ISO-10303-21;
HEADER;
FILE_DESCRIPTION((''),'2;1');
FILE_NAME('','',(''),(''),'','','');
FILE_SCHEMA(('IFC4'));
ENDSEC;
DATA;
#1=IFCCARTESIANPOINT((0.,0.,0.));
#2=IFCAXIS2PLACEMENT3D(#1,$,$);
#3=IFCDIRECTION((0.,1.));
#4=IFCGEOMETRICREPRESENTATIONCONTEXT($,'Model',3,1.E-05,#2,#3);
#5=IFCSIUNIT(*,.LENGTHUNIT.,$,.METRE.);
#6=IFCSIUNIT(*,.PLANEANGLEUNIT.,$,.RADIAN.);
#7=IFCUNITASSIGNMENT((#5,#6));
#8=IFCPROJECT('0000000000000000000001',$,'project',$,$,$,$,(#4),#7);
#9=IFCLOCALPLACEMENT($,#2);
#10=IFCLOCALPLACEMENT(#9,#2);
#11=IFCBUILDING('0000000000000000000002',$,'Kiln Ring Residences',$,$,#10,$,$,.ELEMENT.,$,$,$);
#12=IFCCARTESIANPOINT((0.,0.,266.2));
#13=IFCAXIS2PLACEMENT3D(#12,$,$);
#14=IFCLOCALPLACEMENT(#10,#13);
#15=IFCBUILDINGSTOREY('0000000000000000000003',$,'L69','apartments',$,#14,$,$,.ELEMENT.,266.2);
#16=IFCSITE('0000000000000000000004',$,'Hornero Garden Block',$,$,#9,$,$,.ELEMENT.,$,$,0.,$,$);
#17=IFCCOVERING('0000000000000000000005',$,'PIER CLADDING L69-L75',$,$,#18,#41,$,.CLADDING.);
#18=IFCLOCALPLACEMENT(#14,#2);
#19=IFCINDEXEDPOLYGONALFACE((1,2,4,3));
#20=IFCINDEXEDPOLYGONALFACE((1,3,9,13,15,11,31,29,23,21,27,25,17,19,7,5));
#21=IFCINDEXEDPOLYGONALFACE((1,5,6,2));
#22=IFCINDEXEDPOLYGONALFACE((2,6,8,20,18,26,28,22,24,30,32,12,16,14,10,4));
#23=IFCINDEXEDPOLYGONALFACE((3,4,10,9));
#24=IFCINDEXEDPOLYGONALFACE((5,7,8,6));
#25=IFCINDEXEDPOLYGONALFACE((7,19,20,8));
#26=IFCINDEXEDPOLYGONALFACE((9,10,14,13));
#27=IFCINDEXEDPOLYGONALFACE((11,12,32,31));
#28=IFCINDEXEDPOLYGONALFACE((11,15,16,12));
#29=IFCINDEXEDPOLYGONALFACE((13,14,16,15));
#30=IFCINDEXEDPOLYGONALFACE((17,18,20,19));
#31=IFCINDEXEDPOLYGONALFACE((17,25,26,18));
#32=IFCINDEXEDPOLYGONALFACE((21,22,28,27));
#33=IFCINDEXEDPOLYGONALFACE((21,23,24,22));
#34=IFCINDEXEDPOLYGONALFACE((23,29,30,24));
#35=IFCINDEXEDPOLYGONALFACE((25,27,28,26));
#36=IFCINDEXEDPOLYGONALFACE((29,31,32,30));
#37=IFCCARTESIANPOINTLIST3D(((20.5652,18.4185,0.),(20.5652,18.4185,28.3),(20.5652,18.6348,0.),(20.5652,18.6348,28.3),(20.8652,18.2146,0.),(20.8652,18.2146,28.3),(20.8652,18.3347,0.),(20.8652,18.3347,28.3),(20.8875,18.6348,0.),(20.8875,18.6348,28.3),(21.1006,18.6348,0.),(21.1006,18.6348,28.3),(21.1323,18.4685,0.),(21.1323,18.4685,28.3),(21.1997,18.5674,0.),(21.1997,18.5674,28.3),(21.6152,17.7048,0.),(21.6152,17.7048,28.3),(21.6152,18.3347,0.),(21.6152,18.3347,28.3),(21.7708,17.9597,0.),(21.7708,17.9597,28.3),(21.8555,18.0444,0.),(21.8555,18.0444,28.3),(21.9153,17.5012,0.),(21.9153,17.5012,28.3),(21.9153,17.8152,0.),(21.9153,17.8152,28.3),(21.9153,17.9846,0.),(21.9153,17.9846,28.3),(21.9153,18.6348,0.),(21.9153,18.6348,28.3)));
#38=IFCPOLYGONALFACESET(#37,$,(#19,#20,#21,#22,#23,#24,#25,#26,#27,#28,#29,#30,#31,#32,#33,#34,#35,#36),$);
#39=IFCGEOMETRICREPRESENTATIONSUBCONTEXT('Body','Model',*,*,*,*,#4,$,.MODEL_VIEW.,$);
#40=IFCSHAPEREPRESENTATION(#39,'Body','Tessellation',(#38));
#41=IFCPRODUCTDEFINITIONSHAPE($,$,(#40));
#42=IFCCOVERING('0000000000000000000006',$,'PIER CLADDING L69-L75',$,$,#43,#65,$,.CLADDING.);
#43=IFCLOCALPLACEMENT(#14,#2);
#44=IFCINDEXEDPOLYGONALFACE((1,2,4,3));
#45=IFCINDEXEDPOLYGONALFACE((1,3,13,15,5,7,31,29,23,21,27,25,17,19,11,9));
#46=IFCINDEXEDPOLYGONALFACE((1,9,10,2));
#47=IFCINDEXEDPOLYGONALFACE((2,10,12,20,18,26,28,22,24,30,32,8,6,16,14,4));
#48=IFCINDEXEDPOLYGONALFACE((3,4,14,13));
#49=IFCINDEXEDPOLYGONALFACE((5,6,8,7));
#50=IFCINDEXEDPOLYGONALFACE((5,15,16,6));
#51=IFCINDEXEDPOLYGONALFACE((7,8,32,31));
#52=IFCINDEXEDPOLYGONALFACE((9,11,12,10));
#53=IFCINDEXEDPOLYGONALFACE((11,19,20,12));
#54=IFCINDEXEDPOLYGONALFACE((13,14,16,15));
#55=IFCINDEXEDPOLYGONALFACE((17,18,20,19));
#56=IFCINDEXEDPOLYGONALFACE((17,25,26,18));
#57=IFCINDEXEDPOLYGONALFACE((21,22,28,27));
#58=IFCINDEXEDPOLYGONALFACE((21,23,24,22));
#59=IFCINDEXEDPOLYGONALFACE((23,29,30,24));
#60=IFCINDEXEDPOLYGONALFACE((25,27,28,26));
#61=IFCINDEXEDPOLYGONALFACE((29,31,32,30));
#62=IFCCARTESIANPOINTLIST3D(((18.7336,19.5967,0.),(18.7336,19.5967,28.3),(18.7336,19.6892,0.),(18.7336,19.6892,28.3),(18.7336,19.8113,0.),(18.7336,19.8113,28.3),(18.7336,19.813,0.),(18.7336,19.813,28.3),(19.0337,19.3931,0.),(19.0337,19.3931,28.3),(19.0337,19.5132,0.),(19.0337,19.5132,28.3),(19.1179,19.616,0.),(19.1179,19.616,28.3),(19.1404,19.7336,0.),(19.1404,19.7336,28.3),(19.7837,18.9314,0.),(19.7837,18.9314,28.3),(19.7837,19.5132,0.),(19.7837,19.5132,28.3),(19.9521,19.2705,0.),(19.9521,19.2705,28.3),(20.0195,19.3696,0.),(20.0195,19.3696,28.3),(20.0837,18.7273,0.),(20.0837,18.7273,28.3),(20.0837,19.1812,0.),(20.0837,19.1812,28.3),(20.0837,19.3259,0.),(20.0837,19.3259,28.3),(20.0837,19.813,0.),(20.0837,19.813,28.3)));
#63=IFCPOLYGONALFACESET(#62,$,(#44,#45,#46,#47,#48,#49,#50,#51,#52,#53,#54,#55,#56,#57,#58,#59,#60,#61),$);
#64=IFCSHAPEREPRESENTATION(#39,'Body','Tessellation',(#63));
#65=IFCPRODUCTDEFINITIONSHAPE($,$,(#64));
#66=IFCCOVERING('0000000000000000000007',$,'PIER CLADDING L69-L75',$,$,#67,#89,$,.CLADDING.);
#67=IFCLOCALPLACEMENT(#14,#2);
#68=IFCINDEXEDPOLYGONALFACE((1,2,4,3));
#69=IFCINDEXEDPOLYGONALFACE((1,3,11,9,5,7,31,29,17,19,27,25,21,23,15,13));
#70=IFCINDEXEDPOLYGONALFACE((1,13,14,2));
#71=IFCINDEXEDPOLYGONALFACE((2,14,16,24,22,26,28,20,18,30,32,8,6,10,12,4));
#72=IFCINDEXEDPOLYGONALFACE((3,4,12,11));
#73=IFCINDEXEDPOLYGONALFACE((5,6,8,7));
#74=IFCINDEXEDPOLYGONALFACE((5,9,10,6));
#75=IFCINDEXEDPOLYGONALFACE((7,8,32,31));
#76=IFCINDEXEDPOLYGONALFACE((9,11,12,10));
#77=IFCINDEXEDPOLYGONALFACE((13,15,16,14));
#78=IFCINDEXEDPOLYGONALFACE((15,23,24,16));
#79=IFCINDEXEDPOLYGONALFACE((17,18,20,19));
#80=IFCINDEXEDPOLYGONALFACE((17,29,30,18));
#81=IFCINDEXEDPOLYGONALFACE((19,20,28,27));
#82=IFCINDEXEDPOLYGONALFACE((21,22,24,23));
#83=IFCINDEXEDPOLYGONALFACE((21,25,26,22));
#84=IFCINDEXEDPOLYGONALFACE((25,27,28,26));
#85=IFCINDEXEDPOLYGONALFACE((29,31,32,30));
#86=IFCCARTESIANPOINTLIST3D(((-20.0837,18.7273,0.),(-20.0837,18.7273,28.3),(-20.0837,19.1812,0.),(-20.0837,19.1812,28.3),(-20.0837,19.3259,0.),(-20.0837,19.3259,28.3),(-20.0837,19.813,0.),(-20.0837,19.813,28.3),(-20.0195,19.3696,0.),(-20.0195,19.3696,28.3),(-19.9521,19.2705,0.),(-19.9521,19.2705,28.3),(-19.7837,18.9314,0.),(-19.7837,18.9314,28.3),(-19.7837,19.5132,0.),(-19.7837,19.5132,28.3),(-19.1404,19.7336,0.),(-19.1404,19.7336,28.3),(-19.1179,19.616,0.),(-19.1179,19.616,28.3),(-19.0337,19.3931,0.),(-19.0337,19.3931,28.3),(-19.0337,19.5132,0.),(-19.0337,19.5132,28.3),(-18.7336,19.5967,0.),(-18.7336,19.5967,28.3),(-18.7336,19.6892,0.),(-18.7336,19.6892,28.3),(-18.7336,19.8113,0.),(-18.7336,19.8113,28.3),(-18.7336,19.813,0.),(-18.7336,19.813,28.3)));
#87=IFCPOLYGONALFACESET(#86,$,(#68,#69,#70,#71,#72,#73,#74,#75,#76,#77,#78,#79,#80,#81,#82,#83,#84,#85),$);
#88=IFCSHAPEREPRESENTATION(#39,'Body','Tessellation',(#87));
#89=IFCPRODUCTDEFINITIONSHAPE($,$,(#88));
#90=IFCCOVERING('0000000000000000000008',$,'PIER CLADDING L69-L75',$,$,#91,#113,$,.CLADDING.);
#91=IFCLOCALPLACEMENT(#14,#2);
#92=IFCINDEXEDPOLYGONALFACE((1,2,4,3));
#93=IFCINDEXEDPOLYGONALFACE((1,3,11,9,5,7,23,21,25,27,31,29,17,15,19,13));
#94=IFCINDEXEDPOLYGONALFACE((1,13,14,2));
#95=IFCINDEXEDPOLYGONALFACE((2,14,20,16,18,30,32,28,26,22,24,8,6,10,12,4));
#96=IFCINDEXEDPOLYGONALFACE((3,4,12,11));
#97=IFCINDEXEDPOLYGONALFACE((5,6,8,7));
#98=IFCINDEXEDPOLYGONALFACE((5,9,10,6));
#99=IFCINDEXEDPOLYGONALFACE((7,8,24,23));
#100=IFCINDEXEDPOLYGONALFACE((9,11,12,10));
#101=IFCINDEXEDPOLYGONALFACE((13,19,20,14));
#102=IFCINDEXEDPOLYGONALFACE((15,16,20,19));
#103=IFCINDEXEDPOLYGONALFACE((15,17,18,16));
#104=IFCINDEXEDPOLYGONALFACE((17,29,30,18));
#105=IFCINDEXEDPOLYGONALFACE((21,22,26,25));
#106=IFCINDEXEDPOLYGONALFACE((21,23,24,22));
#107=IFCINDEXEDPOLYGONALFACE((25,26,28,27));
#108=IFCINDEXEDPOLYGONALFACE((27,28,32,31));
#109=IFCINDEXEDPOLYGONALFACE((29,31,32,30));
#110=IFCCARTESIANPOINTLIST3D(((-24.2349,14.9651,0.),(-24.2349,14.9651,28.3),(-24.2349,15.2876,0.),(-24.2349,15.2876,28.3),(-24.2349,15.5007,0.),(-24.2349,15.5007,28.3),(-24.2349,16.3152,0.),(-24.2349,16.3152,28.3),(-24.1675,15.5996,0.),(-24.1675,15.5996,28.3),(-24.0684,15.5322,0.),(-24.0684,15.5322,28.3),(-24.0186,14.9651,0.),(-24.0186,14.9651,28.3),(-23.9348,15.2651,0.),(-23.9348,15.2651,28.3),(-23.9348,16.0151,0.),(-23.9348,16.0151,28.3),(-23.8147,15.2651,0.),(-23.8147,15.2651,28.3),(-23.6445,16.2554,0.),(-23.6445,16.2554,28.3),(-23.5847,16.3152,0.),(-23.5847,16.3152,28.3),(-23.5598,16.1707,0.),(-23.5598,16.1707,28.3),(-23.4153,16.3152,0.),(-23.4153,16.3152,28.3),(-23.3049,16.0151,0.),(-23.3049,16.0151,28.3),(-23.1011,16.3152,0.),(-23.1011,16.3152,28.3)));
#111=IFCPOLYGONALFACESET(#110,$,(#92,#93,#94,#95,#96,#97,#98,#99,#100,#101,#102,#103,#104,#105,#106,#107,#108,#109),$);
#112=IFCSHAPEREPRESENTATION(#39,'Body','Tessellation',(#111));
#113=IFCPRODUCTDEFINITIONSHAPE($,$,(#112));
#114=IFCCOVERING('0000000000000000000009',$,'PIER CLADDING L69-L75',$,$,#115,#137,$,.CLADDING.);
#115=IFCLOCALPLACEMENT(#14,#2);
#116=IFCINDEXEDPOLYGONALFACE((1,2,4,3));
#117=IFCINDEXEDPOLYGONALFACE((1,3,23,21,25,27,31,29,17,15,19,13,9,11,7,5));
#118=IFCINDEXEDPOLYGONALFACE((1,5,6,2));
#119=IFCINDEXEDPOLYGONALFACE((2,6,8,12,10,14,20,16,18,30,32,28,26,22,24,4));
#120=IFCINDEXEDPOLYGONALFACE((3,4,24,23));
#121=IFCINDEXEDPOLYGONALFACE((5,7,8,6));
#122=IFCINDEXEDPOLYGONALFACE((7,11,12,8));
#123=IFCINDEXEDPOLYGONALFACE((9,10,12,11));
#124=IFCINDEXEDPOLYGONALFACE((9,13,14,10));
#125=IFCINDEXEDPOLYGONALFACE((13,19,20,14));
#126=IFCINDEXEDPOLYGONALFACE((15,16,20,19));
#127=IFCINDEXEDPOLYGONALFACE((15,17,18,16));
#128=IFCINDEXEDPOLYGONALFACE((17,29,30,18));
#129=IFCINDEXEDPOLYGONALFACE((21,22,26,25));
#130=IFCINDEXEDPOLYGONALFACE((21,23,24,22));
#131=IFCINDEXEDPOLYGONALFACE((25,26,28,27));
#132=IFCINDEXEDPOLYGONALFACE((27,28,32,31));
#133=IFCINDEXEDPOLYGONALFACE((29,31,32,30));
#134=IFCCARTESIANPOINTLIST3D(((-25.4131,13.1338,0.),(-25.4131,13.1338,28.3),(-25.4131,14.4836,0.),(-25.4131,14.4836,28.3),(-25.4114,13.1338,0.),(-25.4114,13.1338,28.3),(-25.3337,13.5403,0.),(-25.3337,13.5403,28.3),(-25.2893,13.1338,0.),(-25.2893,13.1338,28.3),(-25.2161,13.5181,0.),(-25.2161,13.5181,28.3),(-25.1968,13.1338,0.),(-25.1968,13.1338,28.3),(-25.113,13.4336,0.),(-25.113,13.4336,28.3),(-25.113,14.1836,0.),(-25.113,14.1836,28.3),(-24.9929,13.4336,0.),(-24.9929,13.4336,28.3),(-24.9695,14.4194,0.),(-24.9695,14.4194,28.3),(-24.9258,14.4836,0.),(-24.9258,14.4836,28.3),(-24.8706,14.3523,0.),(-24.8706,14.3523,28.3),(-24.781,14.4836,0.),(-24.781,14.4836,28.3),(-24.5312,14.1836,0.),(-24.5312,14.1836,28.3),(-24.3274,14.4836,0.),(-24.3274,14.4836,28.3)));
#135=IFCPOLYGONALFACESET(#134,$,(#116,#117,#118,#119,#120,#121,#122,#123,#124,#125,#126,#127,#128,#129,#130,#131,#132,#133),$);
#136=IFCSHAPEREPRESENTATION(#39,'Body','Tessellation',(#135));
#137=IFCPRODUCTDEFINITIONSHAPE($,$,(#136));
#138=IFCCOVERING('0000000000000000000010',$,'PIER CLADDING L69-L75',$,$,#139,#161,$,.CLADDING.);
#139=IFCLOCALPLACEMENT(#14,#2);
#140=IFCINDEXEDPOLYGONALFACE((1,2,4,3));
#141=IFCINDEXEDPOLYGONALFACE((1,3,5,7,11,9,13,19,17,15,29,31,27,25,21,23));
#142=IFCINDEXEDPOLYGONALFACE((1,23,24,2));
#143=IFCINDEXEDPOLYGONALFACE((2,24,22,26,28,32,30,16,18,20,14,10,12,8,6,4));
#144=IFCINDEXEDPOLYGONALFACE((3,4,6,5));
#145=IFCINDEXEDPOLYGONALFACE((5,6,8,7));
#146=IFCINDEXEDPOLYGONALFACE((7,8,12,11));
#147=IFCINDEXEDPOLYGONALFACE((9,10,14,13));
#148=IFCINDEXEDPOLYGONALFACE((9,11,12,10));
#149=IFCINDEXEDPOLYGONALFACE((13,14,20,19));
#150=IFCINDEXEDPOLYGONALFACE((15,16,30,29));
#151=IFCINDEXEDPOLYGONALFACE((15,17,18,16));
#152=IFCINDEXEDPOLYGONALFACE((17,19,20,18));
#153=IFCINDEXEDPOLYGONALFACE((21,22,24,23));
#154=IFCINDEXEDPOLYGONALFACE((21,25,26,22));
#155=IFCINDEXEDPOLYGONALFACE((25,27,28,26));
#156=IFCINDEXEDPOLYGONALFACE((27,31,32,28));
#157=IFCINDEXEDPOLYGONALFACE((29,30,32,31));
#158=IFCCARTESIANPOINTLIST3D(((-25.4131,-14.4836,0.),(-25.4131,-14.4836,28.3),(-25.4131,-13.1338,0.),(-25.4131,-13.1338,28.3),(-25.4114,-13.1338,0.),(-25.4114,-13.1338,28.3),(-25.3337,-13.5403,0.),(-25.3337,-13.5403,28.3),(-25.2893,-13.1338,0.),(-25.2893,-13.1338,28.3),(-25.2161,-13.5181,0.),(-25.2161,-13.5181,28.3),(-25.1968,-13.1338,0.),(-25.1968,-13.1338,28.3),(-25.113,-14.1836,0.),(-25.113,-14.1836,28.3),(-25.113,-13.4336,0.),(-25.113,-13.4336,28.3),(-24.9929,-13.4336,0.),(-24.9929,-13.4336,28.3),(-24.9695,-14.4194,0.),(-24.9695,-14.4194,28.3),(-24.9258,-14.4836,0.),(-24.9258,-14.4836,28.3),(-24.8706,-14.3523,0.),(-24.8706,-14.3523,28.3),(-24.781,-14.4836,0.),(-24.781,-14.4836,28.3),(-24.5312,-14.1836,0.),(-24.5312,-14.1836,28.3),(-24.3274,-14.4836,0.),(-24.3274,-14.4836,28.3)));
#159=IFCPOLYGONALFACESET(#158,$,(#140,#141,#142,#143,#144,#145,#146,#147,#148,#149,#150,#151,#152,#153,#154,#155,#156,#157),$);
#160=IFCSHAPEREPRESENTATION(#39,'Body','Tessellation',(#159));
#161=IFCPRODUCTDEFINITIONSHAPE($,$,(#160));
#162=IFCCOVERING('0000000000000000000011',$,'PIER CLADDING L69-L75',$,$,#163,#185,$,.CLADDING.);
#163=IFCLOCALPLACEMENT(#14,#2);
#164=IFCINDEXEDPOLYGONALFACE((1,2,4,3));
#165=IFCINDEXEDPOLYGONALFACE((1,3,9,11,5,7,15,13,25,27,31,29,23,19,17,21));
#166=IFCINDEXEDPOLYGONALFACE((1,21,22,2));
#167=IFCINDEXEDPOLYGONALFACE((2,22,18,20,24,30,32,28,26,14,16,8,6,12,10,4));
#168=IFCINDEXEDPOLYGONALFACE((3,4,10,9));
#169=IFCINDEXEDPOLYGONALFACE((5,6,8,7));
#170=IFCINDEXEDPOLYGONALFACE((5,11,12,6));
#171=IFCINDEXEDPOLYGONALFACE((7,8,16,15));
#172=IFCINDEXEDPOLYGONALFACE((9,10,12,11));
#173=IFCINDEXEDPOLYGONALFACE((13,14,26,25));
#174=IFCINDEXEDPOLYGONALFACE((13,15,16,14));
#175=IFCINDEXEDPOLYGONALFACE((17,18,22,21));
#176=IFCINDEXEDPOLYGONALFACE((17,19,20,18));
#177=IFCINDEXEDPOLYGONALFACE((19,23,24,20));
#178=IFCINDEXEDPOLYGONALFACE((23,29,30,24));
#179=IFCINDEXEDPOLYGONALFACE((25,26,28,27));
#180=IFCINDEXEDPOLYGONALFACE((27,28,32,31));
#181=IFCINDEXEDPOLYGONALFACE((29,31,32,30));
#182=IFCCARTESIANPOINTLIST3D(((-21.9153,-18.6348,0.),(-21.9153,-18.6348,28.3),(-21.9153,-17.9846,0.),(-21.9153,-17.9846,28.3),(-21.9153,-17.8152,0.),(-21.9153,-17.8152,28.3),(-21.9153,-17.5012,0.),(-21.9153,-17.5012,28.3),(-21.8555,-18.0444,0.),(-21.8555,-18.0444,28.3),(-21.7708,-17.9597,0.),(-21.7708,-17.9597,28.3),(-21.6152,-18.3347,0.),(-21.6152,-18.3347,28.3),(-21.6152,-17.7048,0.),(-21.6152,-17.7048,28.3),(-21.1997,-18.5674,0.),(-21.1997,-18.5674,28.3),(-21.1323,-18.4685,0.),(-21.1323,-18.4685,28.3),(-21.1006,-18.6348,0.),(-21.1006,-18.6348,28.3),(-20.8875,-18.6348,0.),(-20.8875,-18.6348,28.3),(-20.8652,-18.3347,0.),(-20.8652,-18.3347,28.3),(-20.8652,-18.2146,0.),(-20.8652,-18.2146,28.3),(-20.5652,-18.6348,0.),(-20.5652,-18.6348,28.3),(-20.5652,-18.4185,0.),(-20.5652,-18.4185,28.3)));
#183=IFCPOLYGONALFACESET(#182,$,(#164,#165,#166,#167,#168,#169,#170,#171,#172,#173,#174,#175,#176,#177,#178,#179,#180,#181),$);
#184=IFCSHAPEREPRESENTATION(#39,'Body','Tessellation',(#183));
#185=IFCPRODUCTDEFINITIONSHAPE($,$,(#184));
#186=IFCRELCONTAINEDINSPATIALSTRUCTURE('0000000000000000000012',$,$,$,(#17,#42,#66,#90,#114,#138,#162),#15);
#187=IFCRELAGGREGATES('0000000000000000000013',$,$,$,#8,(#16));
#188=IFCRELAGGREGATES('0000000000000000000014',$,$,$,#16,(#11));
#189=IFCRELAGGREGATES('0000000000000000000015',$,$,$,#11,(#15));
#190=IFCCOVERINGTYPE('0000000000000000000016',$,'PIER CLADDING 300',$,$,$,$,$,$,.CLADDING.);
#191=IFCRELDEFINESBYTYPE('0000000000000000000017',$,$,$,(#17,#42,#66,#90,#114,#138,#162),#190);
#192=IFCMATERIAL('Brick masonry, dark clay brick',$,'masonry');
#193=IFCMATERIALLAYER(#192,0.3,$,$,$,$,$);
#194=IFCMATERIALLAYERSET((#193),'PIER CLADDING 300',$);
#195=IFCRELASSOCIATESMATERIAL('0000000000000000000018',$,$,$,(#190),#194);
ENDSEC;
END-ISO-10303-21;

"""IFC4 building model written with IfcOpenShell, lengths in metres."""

from ifc_helpers import new_model, si_unit, direction, frame, origin, place, context, subcontext, project, spatial, polyline, outline, extrude, material, layer, layer_set, type_object, element, save


model = new_model("IFC4")

# Units and contexts
model_context = context("Model", 3, precision=1e-05, world=origin(), true_north=direction((0.0, 1.0)))
body_context = subcontext(model_context, "Body", "Model", "MODEL_VIEW")
ifc_project = project(units=[si_unit("LENGTHUNIT", "METRE"), si_unit("PLANEANGLEUNIT", "RADIAN")], contexts=[model_context])

# Site, building, storey
site_placement = place(None, origin())
site = spatial("IfcSite", under=ifc_project, at=site_placement, Name="Hornero Garden Block", CompositionType="ELEMENT", RefElevation=0.0)
building_placement = place(site_placement, origin())
building = spatial("IfcBuilding", under=site, at=building_placement, Name="Kiln Ring Residences", CompositionType="ELEMENT")
storey_placement = place(building_placement, frame((0.0, 0.0, 266.2)))
storey = spatial("IfcBuildingStorey", under=building, at=storey_placement, Name="L69", Description="apartments", CompositionType="ELEMENT", Elevation=266.2)

# Coverings
ifc_material_1 = material(Name="Brick masonry, dark clay brick", Category="masonry")
ifc_layer_1 = layer(ifc_material_1, 0.3)
ifc_layer_set_1 = layer_set([ifc_layer_1], Name="PIER CLADDING 300")
covering_type_1 = type_object("IfcCoveringType", Name="PIER CLADDING 300", PredefinedType="CLADDING", material=ifc_layer_set_1)
placement = place(storey_placement, origin())
element("IfcCovering", 1, at=placement, inside=storey, type_object=covering_type_1, Name="PIER CLADDING L69-L75", PredefinedType="CLADDING", context=body_context, shape_type="SweptSolid", body=[
    extrude(outline(polyline([(20.8875, 18.6348), (20.5652, 18.6348), (20.5652, 18.4185), (20.8652, 18.2146), (20.8652, 18.3347), (21.6152, 18.3347), (21.6152, 17.7048), (21.9153, 17.5012), (21.9153, 17.8152), (21.7708, 17.9597), (21.8555, 18.0444), (21.9153, 17.9846), (21.9153, 18.6348), (21.1006, 18.6348), (21.1997, 18.5674), (21.1323, 18.4685), (20.8875, 18.6348)])), origin(), (0.0, 0.0, 1.0), 28.3),
])
element("IfcCovering", 2, at=placement, inside=storey, type_object=covering_type_1, Name="PIER CLADDING L69-L75", PredefinedType="CLADDING", context=body_context, shape_type="SweptSolid", body=[
    extrude(outline(polyline([(20.0837, 19.813), (18.7336, 19.813), (18.7336, 19.8113), (19.1404, 19.7336), (19.1179, 19.616), (18.7336, 19.6892), (18.7336, 19.5967), (19.0337, 19.3931), (19.0337, 19.5132), (19.7837, 19.5132), (19.7837, 18.9314), (20.0837, 18.7273), (20.0837, 19.1812), (19.9521, 19.2705), (20.0195, 19.3696), (20.0837, 19.3259), (20.0837, 19.813)])), origin(), (0.0, 0.0, 1.0), 28.3),
])
element("IfcCovering", 3, at=placement, inside=storey, type_object=covering_type_1, Name="PIER CLADDING L69-L75", PredefinedType="CLADDING", context=body_context, shape_type="SweptSolid", body=[
    extrude(outline(polyline([(-18.7336, 19.813), (-20.0837, 19.813), (-20.0837, 19.3259), (-20.0195, 19.3696), (-19.9521, 19.2705), (-20.0837, 19.1812), (-20.0837, 18.7273), (-19.7837, 18.9314), (-19.7837, 19.5132), (-19.0337, 19.5132), (-19.0337, 19.3931), (-18.7336, 19.5967), (-18.7336, 19.6892), (-19.1179, 19.616), (-19.1404, 19.7336), (-18.7336, 19.8113), (-18.7336, 19.813)])), origin(), (0.0, 0.0, 1.0), 28.3),
])
element("IfcCovering", 4, at=placement, inside=storey, type_object=covering_type_1, Name="PIER CLADDING L69-L75", PredefinedType="CLADDING", context=body_context, shape_type="SweptSolid", body=[
    extrude(outline(polyline([(-23.5847, 16.3152), (-24.2349, 16.3152), (-24.2349, 15.5007), (-24.1675, 15.5996), (-24.0684, 15.5322), (-24.2349, 15.2876), (-24.2349, 14.9651), (-24.0186, 14.9651), (-23.8147, 15.2651), (-23.9348, 15.2651), (-23.9348, 16.0151), (-23.3049, 16.0151), (-23.1011, 16.3152), (-23.4153, 16.3152), (-23.5598, 16.1707), (-23.6445, 16.2554), (-23.5847, 16.3152)])), origin(), (0.0, 0.0, 1.0), 28.3),
])
element("IfcCovering", 5, at=placement, inside=storey, type_object=covering_type_1, Name="PIER CLADDING L69-L75", PredefinedType="CLADDING", context=body_context, shape_type="SweptSolid", body=[
    extrude(outline(polyline([(-24.9258, 14.4836), (-25.4131, 14.4836), (-25.4131, 13.1338), (-25.4114, 13.1338), (-25.3337, 13.5403), (-25.2161, 13.5181), (-25.2893, 13.1338), (-25.1968, 13.1338), (-24.9929, 13.4336), (-25.113, 13.4336), (-25.113, 14.1836), (-24.5312, 14.1836), (-24.3274, 14.4836), (-24.781, 14.4836), (-24.8706, 14.3523), (-24.9695, 14.4194), (-24.9258, 14.4836)])), origin(), (0.0, 0.0, 1.0), 28.3),
])
element("IfcCovering", 6, at=placement, inside=storey, type_object=covering_type_1, Name="PIER CLADDING L69-L75", PredefinedType="CLADDING", context=body_context, shape_type="SweptSolid", body=[
    extrude(outline(polyline([(-25.4114, -13.1338), (-25.4131, -13.1338), (-25.4131, -14.4836), (-24.9258, -14.4836), (-24.9695, -14.4194), (-24.8706, -14.3523), (-24.781, -14.4836), (-24.3274, -14.4836), (-24.5312, -14.1836), (-25.113, -14.1836), (-25.113, -13.4336), (-24.9929, -13.4336), (-25.1968, -13.1338), (-25.2893, -13.1338), (-25.2161, -13.5181), (-25.3337, -13.5403), (-25.4114, -13.1338)])), origin(), (0.0, 0.0, 1.0), 28.3),
])
element("IfcCovering", 7, at=placement, inside=storey, type_object=covering_type_1, Name="PIER CLADDING L69-L75", PredefinedType="CLADDING", context=body_context, shape_type="SweptSolid", body=[
    extrude(outline(polyline([(-21.6152, -17.7048), (-21.9153, -17.5012), (-21.9153, -17.8152), (-21.7708, -17.9597), (-21.8555, -18.0444), (-21.9153, -17.9846), (-21.9153, -18.6348), (-21.1006, -18.6348), (-21.1997, -18.5674), (-21.1323, -18.4685), (-20.8875, -18.6348), (-20.5652, -18.6348), (-20.5652, -18.4185), (-20.8652, -18.2146), (-20.8652, -18.3347), (-21.6152, -18.3347), (-21.6152, -17.7048)])), origin(), (0.0, 0.0, 1.0), 28.3),
])

save(model, "model.ifc")
